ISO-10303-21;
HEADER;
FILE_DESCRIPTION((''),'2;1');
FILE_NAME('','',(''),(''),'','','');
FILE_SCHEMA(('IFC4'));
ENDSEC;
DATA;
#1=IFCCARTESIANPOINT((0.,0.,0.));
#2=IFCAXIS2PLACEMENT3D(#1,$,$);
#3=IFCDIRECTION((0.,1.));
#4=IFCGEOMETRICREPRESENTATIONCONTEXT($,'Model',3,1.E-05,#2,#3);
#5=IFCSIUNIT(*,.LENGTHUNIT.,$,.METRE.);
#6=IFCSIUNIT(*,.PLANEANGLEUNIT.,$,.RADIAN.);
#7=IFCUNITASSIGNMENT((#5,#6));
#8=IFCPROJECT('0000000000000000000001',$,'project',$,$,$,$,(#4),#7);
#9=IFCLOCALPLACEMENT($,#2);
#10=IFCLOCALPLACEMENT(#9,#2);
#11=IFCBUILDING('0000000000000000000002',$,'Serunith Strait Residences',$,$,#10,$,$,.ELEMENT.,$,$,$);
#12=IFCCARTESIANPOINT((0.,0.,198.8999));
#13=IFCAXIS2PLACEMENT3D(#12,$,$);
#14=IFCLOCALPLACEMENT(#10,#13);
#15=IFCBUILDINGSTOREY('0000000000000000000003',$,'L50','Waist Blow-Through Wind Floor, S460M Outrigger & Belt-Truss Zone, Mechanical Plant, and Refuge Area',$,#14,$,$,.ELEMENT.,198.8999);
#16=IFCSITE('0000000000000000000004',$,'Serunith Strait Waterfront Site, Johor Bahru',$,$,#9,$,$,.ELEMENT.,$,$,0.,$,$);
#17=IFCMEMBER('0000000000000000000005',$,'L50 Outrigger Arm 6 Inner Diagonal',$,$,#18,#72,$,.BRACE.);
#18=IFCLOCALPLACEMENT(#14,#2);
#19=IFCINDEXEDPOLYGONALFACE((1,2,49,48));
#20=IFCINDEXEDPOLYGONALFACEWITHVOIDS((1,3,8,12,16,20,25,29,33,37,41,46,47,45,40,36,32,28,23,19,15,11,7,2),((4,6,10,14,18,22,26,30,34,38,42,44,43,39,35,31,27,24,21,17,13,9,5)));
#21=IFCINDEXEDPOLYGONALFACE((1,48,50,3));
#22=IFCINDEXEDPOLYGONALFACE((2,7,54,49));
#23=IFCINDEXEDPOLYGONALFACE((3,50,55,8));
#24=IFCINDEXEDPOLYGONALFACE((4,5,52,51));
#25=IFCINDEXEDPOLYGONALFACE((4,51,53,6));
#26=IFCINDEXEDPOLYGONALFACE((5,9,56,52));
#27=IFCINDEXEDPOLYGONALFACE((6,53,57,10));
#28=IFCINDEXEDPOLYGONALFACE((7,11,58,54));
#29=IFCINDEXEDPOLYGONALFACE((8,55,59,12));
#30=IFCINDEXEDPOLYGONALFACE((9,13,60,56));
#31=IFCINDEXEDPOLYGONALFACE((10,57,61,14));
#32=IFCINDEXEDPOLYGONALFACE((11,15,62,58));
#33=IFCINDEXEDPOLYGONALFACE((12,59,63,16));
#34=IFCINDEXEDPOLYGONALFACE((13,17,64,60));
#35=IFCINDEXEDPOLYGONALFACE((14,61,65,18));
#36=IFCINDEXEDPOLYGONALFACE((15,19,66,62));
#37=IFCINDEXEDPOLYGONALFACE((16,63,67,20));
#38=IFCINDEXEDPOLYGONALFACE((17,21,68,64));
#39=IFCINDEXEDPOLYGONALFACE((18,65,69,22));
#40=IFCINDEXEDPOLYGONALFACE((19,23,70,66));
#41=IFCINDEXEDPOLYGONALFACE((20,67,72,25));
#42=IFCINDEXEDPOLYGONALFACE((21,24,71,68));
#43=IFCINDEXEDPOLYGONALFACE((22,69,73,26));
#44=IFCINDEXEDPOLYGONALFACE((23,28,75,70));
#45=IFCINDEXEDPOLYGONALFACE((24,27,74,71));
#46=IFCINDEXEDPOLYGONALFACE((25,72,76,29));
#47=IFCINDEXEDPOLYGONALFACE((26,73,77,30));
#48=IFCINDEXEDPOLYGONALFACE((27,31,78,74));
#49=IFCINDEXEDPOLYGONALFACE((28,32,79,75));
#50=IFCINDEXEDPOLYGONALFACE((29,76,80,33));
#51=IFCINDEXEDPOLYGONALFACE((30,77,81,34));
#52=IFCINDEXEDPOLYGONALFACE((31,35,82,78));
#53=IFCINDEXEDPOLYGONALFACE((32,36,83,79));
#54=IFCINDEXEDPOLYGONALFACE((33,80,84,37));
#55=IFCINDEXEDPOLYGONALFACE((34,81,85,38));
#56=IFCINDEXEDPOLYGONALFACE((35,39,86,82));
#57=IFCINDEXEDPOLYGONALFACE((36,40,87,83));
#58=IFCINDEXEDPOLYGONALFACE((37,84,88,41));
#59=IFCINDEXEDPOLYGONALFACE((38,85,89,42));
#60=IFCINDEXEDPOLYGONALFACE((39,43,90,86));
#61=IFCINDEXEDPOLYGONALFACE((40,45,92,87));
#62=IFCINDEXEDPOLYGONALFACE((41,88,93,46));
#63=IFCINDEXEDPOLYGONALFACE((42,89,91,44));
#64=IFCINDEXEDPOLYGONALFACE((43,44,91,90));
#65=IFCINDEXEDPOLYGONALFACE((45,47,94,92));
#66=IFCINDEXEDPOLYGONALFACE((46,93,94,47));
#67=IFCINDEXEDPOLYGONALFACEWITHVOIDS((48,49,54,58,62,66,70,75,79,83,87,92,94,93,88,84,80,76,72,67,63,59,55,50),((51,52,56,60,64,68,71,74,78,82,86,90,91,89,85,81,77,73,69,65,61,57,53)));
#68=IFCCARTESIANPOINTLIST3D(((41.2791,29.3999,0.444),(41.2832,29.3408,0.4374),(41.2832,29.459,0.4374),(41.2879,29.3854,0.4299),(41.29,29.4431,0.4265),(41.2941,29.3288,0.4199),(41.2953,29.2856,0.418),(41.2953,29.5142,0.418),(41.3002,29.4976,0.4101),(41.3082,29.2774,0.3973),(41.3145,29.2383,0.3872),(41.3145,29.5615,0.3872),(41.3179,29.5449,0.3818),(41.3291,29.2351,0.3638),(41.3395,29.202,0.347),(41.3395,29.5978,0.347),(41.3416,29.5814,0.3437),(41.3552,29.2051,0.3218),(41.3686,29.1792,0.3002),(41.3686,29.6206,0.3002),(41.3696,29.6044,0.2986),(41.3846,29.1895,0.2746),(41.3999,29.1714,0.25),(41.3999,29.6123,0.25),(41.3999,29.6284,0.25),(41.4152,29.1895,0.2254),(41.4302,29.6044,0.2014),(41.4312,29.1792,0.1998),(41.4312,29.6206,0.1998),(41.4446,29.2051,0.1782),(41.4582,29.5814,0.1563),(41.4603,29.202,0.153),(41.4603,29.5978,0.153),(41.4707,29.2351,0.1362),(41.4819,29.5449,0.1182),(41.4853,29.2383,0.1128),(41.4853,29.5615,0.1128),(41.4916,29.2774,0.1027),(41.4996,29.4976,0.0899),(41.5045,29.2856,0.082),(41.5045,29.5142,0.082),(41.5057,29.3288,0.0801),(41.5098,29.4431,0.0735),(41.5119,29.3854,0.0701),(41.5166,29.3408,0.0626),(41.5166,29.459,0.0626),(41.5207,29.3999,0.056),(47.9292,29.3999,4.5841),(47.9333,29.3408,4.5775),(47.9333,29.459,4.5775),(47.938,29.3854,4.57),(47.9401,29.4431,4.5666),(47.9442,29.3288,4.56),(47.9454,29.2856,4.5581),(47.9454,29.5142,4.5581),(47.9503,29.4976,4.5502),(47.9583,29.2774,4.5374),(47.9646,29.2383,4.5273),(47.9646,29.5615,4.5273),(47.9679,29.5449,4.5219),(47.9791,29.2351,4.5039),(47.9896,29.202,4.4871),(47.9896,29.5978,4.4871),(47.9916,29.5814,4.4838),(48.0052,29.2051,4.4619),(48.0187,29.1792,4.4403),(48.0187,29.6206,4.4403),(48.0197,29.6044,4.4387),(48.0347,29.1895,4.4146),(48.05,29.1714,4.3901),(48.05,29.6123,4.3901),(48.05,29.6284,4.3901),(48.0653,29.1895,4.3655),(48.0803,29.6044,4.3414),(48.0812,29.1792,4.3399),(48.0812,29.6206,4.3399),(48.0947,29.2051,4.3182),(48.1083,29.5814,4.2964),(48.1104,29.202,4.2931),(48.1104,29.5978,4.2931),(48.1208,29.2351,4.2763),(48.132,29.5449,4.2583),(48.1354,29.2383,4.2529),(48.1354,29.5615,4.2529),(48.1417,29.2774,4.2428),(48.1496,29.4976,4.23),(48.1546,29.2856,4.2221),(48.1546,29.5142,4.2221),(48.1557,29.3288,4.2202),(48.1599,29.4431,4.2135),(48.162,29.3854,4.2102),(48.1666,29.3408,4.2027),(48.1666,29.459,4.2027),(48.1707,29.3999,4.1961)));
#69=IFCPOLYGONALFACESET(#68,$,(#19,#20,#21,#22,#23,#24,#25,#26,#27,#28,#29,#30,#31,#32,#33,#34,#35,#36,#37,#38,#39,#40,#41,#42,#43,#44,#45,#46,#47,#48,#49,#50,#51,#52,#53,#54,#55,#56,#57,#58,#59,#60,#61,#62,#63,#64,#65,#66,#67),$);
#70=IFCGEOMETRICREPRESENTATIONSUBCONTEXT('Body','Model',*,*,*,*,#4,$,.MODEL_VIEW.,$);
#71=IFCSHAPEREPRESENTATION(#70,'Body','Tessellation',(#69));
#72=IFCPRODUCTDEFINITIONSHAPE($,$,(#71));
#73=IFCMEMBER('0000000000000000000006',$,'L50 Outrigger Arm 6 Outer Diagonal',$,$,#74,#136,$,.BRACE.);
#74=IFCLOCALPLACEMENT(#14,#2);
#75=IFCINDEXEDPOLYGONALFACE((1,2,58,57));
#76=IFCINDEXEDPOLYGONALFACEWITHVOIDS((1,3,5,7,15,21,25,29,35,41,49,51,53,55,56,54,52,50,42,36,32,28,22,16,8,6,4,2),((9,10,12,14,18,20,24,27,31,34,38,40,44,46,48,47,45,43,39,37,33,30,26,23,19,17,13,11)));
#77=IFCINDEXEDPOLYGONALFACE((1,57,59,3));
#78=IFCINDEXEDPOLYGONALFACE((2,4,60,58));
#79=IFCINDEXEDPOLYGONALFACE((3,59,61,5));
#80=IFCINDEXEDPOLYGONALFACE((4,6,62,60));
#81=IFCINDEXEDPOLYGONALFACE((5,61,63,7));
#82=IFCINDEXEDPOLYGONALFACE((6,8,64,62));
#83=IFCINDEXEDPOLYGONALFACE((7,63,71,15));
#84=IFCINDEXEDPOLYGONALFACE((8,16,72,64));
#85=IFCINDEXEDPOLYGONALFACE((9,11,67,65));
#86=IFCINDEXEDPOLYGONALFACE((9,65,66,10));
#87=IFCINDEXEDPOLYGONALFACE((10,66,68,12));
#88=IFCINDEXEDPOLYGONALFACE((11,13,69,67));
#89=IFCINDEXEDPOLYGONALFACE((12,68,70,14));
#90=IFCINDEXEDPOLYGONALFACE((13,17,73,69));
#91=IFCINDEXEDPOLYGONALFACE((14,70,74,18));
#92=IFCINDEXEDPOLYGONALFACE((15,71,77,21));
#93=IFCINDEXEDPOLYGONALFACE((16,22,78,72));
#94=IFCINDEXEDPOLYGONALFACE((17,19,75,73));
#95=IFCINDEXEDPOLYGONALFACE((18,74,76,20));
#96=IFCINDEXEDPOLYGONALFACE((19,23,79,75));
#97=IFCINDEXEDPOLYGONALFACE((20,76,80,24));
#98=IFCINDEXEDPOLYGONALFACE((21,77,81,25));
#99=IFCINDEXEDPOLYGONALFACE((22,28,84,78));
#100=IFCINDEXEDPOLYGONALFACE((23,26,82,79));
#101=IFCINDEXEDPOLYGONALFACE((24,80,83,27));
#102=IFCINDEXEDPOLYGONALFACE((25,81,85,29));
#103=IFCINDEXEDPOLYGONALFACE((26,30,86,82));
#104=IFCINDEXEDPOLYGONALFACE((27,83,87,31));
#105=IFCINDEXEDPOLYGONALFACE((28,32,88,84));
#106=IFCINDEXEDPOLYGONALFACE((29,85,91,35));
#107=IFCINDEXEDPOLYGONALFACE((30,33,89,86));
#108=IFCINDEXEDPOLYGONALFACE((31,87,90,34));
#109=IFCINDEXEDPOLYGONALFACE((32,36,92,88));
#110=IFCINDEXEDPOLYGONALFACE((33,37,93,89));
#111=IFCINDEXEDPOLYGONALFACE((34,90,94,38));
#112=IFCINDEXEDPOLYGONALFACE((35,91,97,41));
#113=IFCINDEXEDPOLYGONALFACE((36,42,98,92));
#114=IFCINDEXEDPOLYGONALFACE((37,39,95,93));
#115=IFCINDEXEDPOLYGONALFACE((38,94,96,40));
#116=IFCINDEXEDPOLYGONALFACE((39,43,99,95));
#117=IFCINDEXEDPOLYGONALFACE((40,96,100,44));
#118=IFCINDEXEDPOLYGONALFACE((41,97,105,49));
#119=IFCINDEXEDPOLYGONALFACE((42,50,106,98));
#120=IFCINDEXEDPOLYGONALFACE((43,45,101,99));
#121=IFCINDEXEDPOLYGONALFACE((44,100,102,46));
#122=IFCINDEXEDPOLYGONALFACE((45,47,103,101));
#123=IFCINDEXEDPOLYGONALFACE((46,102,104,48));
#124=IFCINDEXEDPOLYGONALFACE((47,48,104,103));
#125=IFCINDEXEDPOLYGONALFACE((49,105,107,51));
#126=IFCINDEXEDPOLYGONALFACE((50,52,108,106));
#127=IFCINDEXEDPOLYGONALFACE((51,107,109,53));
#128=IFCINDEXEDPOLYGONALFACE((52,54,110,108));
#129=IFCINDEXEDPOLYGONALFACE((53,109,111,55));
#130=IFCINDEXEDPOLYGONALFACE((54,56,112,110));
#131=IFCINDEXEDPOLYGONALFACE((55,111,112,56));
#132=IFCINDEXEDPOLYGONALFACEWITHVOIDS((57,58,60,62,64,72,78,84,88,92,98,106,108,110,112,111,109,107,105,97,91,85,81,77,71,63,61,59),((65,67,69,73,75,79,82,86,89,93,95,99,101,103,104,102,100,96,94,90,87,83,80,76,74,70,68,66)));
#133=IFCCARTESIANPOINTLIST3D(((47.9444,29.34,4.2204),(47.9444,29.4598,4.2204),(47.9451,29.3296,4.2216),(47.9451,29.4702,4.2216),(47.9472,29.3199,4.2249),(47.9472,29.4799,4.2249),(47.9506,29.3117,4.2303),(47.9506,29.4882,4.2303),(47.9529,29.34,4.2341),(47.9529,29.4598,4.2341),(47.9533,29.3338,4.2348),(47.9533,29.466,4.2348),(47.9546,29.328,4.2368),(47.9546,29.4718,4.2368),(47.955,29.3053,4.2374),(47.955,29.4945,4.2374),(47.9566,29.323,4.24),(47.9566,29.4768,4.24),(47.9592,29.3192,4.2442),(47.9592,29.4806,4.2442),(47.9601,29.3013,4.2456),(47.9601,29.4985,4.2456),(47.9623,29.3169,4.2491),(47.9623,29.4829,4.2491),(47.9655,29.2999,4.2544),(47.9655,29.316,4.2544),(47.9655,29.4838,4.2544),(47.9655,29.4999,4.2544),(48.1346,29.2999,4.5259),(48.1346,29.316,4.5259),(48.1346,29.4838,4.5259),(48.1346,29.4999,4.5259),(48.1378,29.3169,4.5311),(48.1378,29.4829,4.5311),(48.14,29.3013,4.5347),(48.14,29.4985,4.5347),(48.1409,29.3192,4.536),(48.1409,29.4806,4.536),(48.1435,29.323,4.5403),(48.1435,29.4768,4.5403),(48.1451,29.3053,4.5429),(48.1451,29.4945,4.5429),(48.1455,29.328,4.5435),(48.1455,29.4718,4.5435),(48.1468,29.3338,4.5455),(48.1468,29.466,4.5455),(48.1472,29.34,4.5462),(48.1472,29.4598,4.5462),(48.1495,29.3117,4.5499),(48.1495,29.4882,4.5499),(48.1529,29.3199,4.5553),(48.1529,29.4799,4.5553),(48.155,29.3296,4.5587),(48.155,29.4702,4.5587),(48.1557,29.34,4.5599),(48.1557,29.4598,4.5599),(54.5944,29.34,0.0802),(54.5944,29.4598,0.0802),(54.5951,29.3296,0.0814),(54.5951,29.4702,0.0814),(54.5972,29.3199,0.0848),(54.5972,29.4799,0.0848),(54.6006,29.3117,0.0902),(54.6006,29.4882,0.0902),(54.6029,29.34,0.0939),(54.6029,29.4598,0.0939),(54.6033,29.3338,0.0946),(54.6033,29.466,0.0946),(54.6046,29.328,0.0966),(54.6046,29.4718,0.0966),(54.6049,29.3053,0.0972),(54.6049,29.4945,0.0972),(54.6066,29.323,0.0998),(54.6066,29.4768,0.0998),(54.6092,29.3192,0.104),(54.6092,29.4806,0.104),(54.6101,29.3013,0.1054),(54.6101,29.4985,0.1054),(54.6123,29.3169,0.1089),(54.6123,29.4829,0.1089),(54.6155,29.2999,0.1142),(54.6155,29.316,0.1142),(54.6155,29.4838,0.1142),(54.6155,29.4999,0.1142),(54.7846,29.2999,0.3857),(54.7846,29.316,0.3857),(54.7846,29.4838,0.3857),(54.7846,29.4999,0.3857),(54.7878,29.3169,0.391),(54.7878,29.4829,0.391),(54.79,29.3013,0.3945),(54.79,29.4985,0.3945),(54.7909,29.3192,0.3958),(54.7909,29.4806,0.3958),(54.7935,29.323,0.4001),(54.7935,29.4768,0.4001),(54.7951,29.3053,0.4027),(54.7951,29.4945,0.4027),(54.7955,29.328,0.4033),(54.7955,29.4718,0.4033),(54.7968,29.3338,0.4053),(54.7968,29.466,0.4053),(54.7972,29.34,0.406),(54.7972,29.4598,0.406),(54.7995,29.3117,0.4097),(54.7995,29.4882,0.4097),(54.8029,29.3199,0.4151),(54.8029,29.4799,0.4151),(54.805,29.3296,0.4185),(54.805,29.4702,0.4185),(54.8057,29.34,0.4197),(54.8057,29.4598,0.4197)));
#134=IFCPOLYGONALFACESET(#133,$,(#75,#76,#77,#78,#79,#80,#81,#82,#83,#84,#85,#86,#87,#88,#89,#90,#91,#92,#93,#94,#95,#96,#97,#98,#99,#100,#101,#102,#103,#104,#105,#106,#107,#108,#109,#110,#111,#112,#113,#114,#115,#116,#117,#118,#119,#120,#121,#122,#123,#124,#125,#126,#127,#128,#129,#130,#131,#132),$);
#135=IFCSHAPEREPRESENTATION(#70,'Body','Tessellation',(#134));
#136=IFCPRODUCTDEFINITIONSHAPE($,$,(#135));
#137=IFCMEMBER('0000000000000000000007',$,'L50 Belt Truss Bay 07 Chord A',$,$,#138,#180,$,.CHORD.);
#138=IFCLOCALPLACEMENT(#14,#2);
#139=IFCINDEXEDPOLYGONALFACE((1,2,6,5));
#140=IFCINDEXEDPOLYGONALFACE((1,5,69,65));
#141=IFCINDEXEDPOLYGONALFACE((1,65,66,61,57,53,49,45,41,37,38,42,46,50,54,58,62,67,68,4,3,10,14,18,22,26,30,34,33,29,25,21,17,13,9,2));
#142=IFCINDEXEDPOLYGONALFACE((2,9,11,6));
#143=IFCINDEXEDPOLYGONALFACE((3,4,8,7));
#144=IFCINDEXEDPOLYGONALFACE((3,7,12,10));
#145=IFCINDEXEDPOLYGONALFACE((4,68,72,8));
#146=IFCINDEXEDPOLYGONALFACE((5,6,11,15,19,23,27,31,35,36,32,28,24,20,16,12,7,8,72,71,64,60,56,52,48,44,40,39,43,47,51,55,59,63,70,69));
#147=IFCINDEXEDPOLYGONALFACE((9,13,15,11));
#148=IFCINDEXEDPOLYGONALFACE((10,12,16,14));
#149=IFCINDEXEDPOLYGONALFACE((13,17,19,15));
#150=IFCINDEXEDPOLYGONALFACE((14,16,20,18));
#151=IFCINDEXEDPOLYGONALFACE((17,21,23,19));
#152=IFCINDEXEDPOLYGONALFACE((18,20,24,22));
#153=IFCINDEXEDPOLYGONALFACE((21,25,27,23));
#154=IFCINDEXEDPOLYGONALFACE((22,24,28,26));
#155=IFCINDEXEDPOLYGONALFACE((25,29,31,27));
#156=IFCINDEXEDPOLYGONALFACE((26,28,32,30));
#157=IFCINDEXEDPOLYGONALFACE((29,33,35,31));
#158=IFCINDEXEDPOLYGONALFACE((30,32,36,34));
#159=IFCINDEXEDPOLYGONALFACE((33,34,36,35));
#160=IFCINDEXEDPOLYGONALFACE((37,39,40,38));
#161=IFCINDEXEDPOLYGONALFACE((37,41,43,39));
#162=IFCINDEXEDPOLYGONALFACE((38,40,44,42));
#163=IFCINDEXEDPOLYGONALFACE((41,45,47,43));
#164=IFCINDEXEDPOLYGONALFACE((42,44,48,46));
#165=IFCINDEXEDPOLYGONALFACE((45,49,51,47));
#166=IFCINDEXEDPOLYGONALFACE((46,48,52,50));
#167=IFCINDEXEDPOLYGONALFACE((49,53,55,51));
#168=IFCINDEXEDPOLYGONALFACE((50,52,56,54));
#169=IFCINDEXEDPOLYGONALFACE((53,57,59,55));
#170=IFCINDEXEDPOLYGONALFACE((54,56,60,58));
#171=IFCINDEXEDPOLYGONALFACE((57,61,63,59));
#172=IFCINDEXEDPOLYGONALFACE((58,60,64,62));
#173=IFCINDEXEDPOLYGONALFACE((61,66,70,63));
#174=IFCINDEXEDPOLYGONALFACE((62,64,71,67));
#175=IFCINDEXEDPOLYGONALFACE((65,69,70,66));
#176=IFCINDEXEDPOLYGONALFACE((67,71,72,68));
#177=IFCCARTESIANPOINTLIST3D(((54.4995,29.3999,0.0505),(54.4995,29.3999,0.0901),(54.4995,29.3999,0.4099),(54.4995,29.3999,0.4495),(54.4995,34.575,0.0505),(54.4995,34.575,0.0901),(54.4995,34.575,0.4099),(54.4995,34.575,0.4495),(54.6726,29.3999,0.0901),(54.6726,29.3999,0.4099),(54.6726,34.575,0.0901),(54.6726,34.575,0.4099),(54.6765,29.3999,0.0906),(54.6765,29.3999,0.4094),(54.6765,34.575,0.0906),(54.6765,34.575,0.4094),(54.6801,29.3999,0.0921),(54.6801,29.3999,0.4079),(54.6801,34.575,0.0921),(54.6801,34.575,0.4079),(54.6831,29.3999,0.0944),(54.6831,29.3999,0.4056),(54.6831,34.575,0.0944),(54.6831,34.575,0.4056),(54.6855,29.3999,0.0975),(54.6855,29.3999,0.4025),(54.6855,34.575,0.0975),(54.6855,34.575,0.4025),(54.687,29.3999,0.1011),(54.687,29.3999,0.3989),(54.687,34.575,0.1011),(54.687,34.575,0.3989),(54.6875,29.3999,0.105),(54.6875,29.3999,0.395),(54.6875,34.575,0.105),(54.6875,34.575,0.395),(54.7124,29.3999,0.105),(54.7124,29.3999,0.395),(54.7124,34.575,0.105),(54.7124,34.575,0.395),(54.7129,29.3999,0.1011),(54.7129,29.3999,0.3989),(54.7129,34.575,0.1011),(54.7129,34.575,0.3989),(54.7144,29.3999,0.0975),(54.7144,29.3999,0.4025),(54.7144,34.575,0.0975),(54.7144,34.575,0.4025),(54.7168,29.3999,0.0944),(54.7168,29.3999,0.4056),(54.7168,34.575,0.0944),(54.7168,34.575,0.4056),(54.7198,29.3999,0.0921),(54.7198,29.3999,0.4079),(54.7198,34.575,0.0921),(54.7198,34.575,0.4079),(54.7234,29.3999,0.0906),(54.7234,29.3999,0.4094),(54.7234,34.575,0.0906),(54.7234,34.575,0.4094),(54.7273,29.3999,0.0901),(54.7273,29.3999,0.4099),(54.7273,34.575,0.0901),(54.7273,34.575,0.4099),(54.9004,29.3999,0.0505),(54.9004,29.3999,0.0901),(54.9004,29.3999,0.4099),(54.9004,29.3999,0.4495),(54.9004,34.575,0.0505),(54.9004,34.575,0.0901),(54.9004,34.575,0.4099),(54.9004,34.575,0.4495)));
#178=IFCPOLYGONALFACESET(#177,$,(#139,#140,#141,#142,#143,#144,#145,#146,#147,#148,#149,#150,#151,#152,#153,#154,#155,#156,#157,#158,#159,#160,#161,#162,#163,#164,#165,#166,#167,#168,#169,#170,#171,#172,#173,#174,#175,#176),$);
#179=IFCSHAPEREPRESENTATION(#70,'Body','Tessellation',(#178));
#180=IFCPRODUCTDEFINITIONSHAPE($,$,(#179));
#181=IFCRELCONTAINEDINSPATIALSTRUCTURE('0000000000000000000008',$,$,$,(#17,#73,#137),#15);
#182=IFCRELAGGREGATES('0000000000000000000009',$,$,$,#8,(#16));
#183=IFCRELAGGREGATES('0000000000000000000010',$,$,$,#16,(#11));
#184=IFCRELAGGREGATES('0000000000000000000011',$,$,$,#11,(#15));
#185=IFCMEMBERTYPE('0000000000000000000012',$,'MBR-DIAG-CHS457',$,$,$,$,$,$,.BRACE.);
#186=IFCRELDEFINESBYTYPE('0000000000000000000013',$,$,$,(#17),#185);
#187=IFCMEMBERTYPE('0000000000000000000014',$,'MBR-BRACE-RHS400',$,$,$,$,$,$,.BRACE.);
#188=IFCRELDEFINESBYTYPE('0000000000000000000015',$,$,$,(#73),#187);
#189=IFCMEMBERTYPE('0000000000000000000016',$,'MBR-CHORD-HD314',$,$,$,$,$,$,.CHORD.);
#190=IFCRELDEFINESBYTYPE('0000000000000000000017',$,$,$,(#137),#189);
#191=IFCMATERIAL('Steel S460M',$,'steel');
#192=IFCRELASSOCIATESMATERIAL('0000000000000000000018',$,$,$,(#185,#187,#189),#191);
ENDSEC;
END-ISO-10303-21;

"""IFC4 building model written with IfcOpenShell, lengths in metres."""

from ifc_helpers import new_model, si_unit, direction, frame, origin, origin_2d, place, context, subcontext, project, spatial, hollow_rectangle, hollow_circle, i_section, extrude, source, transform, mapped, material, material_profile, profile_set, type_object, element, save


model = new_model("IFC4")

# Units and contexts
model_context = context("Model", 3, precision=1e-05, world=origin(), true_north=direction((0.0, 1.0)))
body_context = subcontext(model_context, "Body", "Model", "MODEL_VIEW")
ifc_project = project(units=[si_unit("LENGTHUNIT", "METRE"), si_unit("PLANEANGLEUNIT", "RADIAN")], contexts=[model_context])

# Site, building, storey
site_placement = place(None, origin())
site = spatial("IfcSite", under=ifc_project, at=site_placement, Name="Serunith Strait Waterfront Site, Johor Bahru", CompositionType="ELEMENT", RefElevation=0.0)
building_placement = place(site_placement, origin())
building = spatial("IfcBuilding", under=site, at=building_placement, Name="Serunith Strait Residences", CompositionType="ELEMENT")
storey_placement = place(building_placement, frame((0.0, 0.0, 198.8999)))
storey = spatial("IfcBuildingStorey", under=building, at=storey_placement, Name="L50", Description="Waist Blow-Through Wind Floor, S460M Outrigger & Belt-Truss Zone, Mechanical Plant, and Refuge Area", CompositionType="ELEMENT", Elevation=198.8999)

# Members
ifc_material_1 = material(Name="Steel S460M", Category="steel")
ifc_material_profile_1 = material_profile(ifc_material_1, hollow_circle(Radius=0.2285, WallThickness=0.0161, at=origin_2d()), Name="CHS 457x16")
ifc_profile_set_1 = profile_set([ifc_material_profile_1], Name="Steel S460M")
member_type_1 = type_object("IfcMemberType", Name="MBR-DIAG-CHS457", PredefinedType="BRACE", material=ifc_profile_set_1)
shared_shape_1 = source(origin(), body_context, "Body", "SweptSolid", [
    extrude(hollow_circle(Radius=0.2285, WallThickness=0.0161, at=origin_2d()), origin(), (0.0, 0.0, 1.0), 7.8335),
])
member_1_placement = place(storey_placement, frame((41.3999, 29.3999, 0.25), z_axis=(0.848927, 0.0, 0.528511), x_axis=(0.0, 1.0, 0.0)))
element("IfcMember", 1, at=member_1_placement, inside=storey, type_object=member_type_1, Name="L50 Outrigger Arm 6 Inner Diagonal", PredefinedType="BRACE", context=body_context, shape_type="MappedRepresentation", body=[
    mapped(shared_shape_1, transform((0.0, 0.0, 0.0), scale=1.0)),
])
ifc_material_profile_2 = material_profile(ifc_material_1, hollow_rectangle(XDim=0.2, YDim=0.3999, WallThickness=0.0161, InnerFilletRadius=0.0239, OuterFilletRadius=0.04, at=origin_2d()), Name="RHS 400x200x16")
ifc_profile_set_2 = profile_set([ifc_material_profile_2], Name="Steel S460M")
member_type_2 = type_object("IfcMemberType", Name="MBR-BRACE-RHS400", PredefinedType="BRACE", material=ifc_profile_set_2)
shared_shape_2 = source(origin(), body_context, "Body", "SweptSolid", [
    extrude(hollow_rectangle(XDim=0.2, YDim=0.3999, WallThickness=0.0161, InnerFilletRadius=0.0239, OuterFilletRadius=0.04, at=origin_2d()), origin(), (0.0, 0.0, 1.0), 7.8335),
])
member_2_placement = place(storey_placement, frame((48.05, 29.3999, 4.3901), z_axis=(0.848918, 0.0, -0.528525), x_axis=(0.0, 1.0, 0.0)))
element("IfcMember", 2, at=member_2_placement, inside=storey, type_object=member_type_2, Name="L50 Outrigger Arm 6 Outer Diagonal", PredefinedType="BRACE", context=body_context, shape_type="MappedRepresentation", body=[
    mapped(shared_shape_2, transform((0.0, 0.0, 0.0), scale=1.0)),
])
ifc_material_profile_3 = material_profile(ifc_material_1, i_section(OverallWidth=0.4009, OverallDepth=0.3989, WebThickness=0.0249, FlangeThickness=0.0396, FilletRadius=0.0149, at=origin_2d()), Name="HD 400x314")
ifc_profile_set_3 = profile_set([ifc_material_profile_3], Name="Steel S460M")
member_type_3 = type_object("IfcMemberType", Name="MBR-CHORD-HD314", PredefinedType="CHORD", material=ifc_profile_set_3)
shared_shape_3 = source(origin(), body_context, "Body", "SweptSolid", [
    extrude(i_section(OverallWidth=0.4009, OverallDepth=0.3989, WebThickness=0.0249, FlangeThickness=0.0396, FilletRadius=0.0149, at=origin_2d()), origin(), (0.0, 0.0, 1.0), 5.175),
])
member_3_placement = place(storey_placement, frame((54.7, 29.3999, 0.25), z_axis=(0.0, 1.0, 0.0), x_axis=(-1.0, 0.0, 0.0)))
element("IfcMember", 3, at=member_3_placement, inside=storey, type_object=member_type_3, Name="L50 Belt Truss Bay 07 Chord A", PredefinedType="CHORD", context=body_context, shape_type="MappedRepresentation", body=[
    mapped(shared_shape_3, transform((0.0, 0.0, 0.0), scale=1.0)),
])

save(model, "model.ifc")
